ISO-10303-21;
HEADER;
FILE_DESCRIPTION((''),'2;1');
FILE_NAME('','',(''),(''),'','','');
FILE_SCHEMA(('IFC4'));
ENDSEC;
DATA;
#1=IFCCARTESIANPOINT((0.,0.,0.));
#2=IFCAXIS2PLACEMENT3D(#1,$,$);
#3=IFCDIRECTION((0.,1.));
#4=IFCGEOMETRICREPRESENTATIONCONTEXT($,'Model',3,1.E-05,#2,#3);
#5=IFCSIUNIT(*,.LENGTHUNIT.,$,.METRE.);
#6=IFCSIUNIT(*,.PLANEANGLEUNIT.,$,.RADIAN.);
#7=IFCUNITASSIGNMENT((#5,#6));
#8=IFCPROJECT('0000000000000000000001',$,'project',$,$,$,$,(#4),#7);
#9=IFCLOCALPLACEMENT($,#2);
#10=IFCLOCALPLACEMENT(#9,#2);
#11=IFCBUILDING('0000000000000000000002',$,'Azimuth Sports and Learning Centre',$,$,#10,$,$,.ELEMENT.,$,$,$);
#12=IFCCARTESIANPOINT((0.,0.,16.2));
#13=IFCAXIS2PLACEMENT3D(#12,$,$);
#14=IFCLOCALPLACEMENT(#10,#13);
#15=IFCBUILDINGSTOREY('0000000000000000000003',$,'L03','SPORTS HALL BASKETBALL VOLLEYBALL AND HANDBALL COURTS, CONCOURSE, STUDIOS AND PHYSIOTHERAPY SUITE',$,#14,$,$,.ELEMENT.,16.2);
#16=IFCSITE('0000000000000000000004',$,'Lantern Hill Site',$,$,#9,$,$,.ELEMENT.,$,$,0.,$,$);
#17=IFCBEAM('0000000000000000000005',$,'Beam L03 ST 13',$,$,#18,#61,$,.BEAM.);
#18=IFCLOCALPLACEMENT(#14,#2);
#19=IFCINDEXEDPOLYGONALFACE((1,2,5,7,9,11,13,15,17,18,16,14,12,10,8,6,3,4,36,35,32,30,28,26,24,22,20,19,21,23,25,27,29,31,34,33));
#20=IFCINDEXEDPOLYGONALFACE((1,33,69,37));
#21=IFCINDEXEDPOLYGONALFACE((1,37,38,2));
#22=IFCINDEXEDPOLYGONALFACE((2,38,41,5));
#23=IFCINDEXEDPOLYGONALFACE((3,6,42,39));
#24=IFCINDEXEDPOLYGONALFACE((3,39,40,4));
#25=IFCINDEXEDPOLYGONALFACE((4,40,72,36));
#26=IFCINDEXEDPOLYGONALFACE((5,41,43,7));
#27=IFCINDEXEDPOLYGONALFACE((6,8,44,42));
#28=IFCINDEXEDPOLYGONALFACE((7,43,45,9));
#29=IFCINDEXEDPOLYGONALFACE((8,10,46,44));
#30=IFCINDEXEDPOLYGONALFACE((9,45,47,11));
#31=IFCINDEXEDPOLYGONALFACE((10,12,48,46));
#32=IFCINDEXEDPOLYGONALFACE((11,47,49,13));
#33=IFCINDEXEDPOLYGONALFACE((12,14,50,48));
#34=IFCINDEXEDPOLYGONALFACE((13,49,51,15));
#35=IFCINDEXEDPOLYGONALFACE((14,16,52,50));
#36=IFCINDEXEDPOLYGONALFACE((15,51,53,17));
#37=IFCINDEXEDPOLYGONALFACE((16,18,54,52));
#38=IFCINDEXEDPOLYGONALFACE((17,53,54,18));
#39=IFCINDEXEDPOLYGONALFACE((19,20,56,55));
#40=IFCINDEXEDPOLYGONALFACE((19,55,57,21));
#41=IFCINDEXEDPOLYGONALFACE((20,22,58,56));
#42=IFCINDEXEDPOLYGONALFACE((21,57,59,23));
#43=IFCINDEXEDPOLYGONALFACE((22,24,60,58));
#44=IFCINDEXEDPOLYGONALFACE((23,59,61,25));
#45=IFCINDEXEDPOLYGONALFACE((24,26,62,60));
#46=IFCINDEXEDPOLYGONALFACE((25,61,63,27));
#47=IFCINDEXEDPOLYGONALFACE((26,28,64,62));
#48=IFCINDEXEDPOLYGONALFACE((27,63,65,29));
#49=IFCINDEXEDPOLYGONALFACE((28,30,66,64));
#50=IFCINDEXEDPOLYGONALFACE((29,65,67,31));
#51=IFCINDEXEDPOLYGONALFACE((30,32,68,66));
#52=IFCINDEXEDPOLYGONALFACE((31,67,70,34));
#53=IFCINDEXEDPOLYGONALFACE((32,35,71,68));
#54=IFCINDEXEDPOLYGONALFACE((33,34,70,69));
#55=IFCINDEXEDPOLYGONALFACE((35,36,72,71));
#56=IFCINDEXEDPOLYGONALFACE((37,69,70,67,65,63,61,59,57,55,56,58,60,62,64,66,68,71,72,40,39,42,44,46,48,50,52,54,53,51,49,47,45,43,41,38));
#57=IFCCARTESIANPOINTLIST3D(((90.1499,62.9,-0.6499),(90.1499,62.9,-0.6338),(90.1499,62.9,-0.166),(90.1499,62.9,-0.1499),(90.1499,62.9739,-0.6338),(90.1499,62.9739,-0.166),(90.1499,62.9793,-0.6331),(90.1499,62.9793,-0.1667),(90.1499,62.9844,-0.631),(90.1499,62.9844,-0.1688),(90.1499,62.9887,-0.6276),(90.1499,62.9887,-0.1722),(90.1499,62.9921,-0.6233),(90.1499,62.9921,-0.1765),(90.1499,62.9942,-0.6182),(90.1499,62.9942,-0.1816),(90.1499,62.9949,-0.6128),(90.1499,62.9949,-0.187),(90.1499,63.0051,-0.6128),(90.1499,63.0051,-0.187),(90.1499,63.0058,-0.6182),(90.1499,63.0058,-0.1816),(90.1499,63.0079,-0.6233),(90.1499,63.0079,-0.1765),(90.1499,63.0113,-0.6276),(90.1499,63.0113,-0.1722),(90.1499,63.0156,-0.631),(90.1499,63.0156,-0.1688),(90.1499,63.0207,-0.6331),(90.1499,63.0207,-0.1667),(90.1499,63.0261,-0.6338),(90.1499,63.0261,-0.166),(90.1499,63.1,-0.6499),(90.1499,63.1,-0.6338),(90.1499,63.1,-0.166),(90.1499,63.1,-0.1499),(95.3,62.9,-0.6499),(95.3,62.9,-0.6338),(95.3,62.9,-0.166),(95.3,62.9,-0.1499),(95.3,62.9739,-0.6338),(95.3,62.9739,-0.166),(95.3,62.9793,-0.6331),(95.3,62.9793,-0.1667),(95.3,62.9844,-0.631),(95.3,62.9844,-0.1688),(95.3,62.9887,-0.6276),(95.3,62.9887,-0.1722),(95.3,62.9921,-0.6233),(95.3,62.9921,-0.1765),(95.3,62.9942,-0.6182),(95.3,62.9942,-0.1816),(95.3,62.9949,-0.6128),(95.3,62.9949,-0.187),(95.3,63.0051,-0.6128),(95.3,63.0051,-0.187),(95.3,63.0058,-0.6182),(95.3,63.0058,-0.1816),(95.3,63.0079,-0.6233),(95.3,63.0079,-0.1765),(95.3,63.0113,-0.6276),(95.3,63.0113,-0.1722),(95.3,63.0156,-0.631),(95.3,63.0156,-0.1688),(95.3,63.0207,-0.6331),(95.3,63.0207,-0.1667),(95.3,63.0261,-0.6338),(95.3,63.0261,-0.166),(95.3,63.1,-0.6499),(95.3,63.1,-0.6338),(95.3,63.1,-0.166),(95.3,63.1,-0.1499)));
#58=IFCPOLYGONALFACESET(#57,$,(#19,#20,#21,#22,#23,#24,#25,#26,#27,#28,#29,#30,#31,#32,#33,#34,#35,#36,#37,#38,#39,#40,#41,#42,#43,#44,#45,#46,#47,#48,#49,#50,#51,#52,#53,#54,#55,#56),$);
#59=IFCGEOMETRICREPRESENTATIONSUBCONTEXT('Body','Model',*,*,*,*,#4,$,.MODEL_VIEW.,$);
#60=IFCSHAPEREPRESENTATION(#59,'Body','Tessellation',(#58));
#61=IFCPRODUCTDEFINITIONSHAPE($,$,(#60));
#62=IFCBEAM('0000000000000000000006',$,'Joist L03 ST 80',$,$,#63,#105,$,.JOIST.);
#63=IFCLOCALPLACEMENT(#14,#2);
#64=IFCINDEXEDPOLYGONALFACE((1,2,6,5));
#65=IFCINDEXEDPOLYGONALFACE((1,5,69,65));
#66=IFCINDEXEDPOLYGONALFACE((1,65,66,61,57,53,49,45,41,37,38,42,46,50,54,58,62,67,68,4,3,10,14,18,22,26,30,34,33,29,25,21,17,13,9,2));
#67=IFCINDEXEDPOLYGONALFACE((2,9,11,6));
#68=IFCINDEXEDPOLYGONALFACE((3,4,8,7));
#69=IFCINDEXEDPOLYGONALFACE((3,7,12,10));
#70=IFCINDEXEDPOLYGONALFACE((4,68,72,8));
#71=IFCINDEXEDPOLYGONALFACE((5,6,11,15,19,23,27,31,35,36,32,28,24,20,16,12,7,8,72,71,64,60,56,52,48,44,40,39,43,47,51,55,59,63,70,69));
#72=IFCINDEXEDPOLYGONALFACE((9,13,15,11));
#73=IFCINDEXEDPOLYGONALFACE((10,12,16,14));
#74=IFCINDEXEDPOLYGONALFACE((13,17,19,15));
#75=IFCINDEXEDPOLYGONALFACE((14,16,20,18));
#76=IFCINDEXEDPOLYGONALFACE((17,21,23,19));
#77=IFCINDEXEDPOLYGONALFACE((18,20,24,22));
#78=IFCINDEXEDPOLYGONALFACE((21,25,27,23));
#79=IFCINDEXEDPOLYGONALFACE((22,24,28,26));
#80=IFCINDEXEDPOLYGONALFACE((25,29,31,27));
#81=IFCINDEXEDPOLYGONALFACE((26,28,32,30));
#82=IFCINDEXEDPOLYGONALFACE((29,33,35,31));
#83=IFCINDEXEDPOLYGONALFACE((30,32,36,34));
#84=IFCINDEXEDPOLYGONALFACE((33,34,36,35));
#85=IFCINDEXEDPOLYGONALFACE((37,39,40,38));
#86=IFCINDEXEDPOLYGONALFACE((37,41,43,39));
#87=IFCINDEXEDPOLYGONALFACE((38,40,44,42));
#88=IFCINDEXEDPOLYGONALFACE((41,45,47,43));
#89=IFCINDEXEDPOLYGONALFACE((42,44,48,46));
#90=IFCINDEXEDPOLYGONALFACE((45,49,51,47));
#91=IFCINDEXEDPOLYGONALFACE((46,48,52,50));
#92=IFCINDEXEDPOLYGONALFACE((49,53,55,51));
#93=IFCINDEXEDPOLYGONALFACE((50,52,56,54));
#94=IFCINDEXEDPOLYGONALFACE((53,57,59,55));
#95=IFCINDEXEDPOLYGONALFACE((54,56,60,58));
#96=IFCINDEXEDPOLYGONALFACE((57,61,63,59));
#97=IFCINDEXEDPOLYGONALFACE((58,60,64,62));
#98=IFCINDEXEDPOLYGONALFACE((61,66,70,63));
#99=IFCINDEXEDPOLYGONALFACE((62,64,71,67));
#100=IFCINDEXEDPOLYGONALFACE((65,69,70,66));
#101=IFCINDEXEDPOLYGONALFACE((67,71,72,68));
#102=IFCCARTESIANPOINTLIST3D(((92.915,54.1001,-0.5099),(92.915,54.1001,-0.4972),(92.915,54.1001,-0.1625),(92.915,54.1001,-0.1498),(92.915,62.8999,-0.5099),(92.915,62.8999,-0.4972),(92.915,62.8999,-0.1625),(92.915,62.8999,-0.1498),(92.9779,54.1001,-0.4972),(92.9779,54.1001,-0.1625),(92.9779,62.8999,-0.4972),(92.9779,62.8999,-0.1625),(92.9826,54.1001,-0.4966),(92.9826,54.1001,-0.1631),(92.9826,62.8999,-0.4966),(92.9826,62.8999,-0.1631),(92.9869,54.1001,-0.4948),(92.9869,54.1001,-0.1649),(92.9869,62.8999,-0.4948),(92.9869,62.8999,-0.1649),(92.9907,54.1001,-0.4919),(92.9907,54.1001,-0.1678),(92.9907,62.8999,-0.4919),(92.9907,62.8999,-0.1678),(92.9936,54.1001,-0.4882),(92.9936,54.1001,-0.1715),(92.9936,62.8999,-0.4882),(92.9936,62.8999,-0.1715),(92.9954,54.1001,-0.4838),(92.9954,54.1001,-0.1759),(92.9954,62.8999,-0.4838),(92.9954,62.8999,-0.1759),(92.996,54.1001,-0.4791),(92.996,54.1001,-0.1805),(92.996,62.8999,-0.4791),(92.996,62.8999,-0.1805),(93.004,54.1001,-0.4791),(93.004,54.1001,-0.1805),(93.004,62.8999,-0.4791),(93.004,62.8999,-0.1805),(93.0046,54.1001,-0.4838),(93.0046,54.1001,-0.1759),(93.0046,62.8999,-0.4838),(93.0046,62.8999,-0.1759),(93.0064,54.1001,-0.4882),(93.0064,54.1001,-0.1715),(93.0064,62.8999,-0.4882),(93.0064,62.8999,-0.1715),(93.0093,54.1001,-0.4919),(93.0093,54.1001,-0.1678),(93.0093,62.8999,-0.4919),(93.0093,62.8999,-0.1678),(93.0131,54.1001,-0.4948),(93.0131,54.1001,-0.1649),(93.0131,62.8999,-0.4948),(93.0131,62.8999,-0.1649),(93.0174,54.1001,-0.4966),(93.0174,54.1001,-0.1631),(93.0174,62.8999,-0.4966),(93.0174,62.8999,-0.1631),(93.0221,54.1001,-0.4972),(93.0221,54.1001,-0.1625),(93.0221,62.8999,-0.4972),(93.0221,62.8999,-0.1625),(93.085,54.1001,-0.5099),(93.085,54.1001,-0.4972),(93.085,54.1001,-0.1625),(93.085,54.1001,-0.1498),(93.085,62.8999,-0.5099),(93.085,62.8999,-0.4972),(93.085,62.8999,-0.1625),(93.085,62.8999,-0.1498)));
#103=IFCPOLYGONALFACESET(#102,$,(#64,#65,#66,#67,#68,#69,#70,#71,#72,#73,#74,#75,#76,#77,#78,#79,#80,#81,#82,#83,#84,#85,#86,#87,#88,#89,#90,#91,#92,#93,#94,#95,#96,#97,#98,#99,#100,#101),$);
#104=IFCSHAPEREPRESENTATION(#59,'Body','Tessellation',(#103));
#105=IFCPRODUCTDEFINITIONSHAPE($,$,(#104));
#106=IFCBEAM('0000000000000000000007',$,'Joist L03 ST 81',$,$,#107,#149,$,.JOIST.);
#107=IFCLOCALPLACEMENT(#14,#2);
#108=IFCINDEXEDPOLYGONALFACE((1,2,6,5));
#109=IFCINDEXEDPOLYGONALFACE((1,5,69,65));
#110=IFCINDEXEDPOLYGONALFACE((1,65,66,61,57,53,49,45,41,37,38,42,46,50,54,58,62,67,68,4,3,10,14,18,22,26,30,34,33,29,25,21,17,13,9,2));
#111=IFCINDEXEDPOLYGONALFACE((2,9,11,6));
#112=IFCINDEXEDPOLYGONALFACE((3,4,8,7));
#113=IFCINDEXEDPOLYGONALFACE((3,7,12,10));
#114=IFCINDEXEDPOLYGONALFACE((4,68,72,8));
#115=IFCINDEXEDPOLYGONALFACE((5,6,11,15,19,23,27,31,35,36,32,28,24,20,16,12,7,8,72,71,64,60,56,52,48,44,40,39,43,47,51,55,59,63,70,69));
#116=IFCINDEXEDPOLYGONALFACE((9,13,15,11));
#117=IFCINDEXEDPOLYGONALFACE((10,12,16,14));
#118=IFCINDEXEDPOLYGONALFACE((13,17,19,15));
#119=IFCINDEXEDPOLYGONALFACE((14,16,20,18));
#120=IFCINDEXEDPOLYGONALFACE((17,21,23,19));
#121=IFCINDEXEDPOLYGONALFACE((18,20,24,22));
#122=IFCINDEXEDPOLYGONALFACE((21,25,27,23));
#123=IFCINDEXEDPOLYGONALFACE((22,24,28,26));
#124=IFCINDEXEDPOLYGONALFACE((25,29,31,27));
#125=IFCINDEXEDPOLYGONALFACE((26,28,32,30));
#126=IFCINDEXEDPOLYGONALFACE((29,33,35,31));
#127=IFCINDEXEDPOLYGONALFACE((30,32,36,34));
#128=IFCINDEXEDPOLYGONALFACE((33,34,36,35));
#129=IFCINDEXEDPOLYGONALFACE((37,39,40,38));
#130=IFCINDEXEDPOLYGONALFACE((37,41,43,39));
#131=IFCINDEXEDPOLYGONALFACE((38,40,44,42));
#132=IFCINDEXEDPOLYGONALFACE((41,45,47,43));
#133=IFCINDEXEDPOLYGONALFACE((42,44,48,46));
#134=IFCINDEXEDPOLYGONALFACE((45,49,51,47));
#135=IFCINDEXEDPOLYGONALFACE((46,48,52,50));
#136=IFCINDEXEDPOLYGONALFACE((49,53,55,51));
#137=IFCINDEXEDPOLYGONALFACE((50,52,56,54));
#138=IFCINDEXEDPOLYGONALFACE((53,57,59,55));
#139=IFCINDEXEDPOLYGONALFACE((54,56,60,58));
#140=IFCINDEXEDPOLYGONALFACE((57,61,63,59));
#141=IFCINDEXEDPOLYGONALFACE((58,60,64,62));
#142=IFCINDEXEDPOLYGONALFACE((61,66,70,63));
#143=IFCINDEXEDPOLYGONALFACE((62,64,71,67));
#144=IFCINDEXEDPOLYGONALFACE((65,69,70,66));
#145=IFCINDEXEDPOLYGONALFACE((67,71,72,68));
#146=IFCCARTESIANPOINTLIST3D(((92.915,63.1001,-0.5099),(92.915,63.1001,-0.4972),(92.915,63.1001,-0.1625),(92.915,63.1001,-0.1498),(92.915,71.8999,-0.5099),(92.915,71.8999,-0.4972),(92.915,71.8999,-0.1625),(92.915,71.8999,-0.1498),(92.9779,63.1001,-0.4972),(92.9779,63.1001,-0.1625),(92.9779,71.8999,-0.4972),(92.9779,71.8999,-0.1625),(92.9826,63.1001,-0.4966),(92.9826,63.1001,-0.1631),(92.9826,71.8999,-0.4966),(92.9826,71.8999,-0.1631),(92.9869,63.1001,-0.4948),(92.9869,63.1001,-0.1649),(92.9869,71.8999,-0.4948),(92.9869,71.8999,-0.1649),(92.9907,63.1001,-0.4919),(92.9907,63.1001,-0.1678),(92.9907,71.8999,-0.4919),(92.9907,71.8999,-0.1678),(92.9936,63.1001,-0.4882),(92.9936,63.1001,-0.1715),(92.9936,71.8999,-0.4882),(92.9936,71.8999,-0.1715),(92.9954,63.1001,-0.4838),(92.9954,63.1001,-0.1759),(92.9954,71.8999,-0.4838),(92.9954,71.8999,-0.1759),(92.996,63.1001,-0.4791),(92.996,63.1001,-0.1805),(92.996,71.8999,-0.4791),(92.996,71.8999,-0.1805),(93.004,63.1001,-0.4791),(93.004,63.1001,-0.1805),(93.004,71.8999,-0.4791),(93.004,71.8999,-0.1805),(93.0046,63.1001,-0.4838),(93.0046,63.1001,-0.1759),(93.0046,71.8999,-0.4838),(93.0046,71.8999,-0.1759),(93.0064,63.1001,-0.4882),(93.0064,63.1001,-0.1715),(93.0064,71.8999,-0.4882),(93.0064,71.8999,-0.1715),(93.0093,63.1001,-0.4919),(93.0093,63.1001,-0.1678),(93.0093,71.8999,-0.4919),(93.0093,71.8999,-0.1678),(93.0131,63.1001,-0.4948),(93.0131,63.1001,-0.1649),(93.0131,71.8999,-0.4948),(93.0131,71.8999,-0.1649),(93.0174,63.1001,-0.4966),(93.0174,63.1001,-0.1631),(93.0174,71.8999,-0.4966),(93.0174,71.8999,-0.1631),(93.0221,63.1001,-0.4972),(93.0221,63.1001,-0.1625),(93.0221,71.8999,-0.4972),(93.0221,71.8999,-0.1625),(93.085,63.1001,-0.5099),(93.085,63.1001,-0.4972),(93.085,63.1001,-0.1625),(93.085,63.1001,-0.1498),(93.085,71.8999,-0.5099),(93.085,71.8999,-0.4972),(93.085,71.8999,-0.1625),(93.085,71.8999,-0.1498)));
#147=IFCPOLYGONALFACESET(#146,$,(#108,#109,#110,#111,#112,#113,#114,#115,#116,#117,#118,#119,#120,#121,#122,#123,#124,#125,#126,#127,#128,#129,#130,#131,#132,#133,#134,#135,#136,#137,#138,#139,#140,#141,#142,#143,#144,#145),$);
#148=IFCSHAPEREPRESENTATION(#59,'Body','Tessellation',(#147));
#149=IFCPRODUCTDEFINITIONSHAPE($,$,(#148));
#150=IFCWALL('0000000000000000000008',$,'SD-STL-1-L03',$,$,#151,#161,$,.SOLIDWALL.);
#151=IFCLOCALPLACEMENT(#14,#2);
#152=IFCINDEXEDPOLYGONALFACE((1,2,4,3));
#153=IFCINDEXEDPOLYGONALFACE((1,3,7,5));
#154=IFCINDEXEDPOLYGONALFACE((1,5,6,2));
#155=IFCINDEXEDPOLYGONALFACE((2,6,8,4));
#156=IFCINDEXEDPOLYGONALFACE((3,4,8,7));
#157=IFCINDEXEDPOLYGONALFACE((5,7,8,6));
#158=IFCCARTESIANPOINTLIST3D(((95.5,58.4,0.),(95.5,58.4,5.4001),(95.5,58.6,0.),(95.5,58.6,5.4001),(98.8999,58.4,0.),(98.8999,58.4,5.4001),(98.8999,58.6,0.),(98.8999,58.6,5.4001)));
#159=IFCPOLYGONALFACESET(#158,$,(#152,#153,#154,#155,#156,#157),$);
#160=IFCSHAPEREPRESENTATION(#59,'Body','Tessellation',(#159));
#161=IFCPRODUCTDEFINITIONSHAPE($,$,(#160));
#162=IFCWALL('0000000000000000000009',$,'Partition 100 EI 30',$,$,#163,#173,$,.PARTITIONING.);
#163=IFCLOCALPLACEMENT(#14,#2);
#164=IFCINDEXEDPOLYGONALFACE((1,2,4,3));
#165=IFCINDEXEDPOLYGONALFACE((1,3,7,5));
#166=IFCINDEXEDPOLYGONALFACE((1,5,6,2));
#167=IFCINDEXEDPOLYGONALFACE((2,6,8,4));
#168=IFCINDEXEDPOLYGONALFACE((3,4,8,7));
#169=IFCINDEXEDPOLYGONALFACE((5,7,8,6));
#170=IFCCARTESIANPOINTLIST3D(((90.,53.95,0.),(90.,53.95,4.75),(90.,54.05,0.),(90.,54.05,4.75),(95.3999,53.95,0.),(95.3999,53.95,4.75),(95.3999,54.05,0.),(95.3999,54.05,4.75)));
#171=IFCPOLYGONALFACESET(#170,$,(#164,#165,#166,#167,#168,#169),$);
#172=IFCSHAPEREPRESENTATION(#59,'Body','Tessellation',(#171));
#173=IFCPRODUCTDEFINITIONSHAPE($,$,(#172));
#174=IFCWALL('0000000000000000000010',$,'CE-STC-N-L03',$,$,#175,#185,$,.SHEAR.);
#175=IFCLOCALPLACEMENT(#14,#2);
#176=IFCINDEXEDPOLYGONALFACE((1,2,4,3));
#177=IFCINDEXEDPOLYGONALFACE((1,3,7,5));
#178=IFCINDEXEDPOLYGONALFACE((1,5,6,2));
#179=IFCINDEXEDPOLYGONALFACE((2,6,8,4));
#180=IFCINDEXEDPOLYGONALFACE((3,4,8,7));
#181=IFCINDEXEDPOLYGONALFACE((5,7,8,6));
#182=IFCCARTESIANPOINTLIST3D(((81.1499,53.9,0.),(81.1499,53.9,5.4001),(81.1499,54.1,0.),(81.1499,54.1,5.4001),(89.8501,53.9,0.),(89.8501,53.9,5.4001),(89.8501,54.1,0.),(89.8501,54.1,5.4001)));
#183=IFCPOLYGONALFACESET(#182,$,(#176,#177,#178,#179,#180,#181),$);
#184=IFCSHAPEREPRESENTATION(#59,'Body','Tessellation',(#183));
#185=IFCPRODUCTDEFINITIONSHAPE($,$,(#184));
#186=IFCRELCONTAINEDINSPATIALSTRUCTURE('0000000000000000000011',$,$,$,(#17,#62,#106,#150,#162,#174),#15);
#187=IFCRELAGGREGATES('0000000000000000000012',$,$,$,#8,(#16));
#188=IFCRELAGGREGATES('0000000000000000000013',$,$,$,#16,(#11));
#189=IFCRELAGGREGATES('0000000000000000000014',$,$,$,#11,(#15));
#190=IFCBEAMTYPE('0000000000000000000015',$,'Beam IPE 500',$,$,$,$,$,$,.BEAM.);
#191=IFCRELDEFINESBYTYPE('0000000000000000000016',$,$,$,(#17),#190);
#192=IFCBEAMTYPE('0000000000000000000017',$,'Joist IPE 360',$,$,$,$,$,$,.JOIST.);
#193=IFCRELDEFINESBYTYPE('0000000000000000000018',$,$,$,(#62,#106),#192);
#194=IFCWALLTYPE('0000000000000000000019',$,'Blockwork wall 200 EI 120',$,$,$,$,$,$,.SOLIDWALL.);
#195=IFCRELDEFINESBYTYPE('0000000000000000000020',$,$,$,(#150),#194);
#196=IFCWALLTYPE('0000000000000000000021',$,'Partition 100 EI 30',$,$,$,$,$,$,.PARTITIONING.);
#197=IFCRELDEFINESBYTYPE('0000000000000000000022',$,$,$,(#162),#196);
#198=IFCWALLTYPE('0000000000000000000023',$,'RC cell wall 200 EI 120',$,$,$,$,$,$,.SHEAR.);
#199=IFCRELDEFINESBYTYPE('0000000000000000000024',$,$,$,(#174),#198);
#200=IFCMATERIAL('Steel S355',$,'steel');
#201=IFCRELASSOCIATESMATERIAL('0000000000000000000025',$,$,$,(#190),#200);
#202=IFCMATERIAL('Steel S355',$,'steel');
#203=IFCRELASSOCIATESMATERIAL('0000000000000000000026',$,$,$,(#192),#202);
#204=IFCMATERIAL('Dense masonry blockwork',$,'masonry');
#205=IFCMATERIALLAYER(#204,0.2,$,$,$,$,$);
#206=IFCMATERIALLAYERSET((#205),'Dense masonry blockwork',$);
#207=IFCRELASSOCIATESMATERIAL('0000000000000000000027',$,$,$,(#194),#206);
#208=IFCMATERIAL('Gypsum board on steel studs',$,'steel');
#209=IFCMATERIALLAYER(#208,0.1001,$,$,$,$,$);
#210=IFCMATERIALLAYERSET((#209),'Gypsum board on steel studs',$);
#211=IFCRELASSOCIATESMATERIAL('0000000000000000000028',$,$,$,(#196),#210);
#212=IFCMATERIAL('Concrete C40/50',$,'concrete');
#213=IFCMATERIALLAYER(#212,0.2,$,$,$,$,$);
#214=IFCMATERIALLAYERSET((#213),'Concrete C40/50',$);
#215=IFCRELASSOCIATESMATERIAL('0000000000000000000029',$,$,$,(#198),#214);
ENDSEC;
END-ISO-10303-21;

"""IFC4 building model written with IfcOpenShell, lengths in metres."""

from ifc_helpers import new_model, si_unit, direction, frame, frame_2d, origin, origin_2d, place, context, subcontext, project, spatial, rectangle, i_section, extrude, material, layer, layer_set, material_profile, profile_set, type_object, element, save


model = new_model("IFC4")

# Units and contexts
model_context = context("Model", 3, precision=1e-05, world=origin(), true_north=direction((0.0, 1.0)))
body_context = subcontext(model_context, "Body", "Model", "MODEL_VIEW")
ifc_project = project(units=[si_unit("LENGTHUNIT", "METRE"), si_unit("PLANEANGLEUNIT", "RADIAN")], contexts=[model_context])

# Site, building, storey
site_placement = place(None, origin())
site = spatial("IfcSite", under=ifc_project, at=site_placement, Name="Lantern Hill Site", CompositionType="ELEMENT", RefElevation=0.0)
building_placement = place(site_placement, origin())
building = spatial("IfcBuilding", under=site, at=building_placement, Name="Azimuth Sports and Learning Centre", CompositionType="ELEMENT")
storey_placement = place(building_placement, frame((0.0, 0.0, 16.2)))
storey = spatial("IfcBuildingStorey", under=building, at=storey_placement, Name="L03", Description="SPORTS HALL BASKETBALL VOLLEYBALL AND HANDBALL COURTS, CONCOURSE, STUDIOS AND PHYSIOTHERAPY SUITE", CompositionType="ELEMENT", Elevation=16.2)

# Beams
ifc_material_1 = material(Name="Steel S355", Category="steel")
ifc_material_profile_1 = material_profile(ifc_material_1, i_section(OverallWidth=0.2, OverallDepth=0.5, WebThickness=0.0103, FlangeThickness=0.0161, FilletRadius=0.021, at=origin_2d()), Name="IPE 500")
ifc_profile_set_1 = profile_set([ifc_material_profile_1], Name="Steel S355")
beam_type_1 = type_object("IfcBeamType", Name="Beam IPE 500", PredefinedType="BEAM", material=ifc_profile_set_1)
for number, where, z_axis, x_axis, name in (
    (1, (90.1499, 63.0, -0.3999), (1.0, 0.0, 0.0), (0.0, 1.0, 0.0), "Beam L03 ST 13"),
):
    element("IfcBeam", number, at=place(storey_placement, frame(where, z_axis=z_axis, x_axis=x_axis)), inside=storey, type_object=beam_type_1, Name=name, PredefinedType="BEAM", context=body_context, shape_type="SweptSolid", body=[
        extrude(i_section(OverallWidth=0.2, OverallDepth=0.5, WebThickness=0.0103, FlangeThickness=0.0161, FilletRadius=0.021, at=origin_2d()), origin(), (0.0, 0.0, 1.0), 5.1501),
    ])
ifc_material_2 = material(Name="Steel S355", Category="steel")
ifc_material_profile_2 = material_profile(ifc_material_2, i_section(OverallWidth=0.1699, OverallDepth=0.3601, WebThickness=0.0081, FlangeThickness=0.0127, FilletRadius=0.0181, at=origin_2d()), Name="IPE 360")
ifc_profile_set_2 = profile_set([ifc_material_profile_2], Name="Steel S355")
beam_type_2 = type_object("IfcBeamType", Name="Joist IPE 360", PredefinedType="JOIST", material=ifc_profile_set_2)
for number, where, z_axis, x_axis, name in (
    (2, (93.0, 54.1001, -0.3298), (0.0, 1.0, 0.0), (-1.0, 0.0, 0.0), "Joist L03 ST 80"),
    (3, (93.0, 63.1001, -0.3298), (0.0, 1.0, 0.0), (-1.0, 0.0, 0.0), "Joist L03 ST 81"),
):
    element("IfcBeam", number, at=place(storey_placement, frame(where, z_axis=z_axis, x_axis=x_axis)), inside=storey, type_object=beam_type_2, Name=name, PredefinedType="JOIST", context=body_context, shape_type="SweptSolid", body=[
        extrude(i_section(OverallWidth=0.1699, OverallDepth=0.3601, WebThickness=0.0081, FlangeThickness=0.0127, FilletRadius=0.0181, at=origin_2d()), origin(), (0.0, 0.0, 1.0), 8.7998),
    ])

# Walls
ifc_material_3 = material(Name="Dense masonry blockwork", Category="masonry")
ifc_layer_1 = layer(ifc_material_3, 0.2)
ifc_layer_set_1 = layer_set([ifc_layer_1], Name="Dense masonry blockwork")
wall_type_1 = type_object("IfcWallType", Name="Blockwork wall 200 EI 120", PredefinedType="SOLIDWALL", material=ifc_layer_set_1)
wall_1_placement = place(storey_placement, frame((95.5, 58.5, 0.0), z_axis=(0.0, 0.0, 1.0), x_axis=(1.0, 0.0, 0.0)))
element("IfcWall", 4, at=wall_1_placement, inside=storey, type_object=wall_type_1, Name="SD-STL-1-L03", PredefinedType="SOLIDWALL", context=body_context, shape_type="SweptSolid", body=[
    extrude(rectangle(XDim=3.3999, YDim=0.2, at=frame_2d((1.7, 0.0))), origin(), (0.0, 0.0, 1.0), 5.4001),
])
ifc_material_4 = material(Name="Gypsum board on steel studs", Category="steel")
ifc_layer_2 = layer(ifc_material_4, 0.1001)
ifc_layer_set_2 = layer_set([ifc_layer_2], Name="Gypsum board on steel studs")
wall_type_2 = type_object("IfcWallType", Name="Partition 100 EI 30", PredefinedType="PARTITIONING", material=ifc_layer_set_2)
wall_2_placement = place(storey_placement, frame((90.0, 54.0, 0.0), z_axis=(0.0, 0.0, 1.0), x_axis=(1.0, 0.0, 0.0)))
element("IfcWall", 5, at=wall_2_placement, inside=storey, type_object=wall_type_2, Name="Partition 100 EI 30", PredefinedType="PARTITIONING", context=body_context, shape_type="SweptSolid", body=[
    extrude(rectangle(XDim=5.3999, YDim=0.1001, at=frame_2d((2.7, 0.0))), origin(), (0.0, 0.0, 1.0), 4.75),
])
ifc_material_5 = material(Name="Concrete C40/50", Category="concrete")
ifc_layer_3 = layer(ifc_material_5, 0.2)
ifc_layer_set_3 = layer_set([ifc_layer_3], Name="Concrete C40/50")
wall_type_3 = type_object("IfcWallType", Name="RC cell wall 200 EI 120", PredefinedType="SHEAR", material=ifc_layer_set_3)
wall_3_placement = place(storey_placement, frame((81.1499, 54.0, 0.0), z_axis=(0.0, 0.0, 1.0), x_axis=(1.0, 0.0, 0.0)))
element("IfcWall", 6, at=wall_3_placement, inside=storey, type_object=wall_type_3, Name="CE-STC-N-L03", PredefinedType="SHEAR", context=body_context, shape_type="SweptSolid", body=[
    extrude(rectangle(XDim=8.7002, YDim=0.2, at=frame_2d((4.3501, 0.0))), origin(), (0.0, 0.0, 1.0), 5.4001),
])

save(model, "model.ifc")
